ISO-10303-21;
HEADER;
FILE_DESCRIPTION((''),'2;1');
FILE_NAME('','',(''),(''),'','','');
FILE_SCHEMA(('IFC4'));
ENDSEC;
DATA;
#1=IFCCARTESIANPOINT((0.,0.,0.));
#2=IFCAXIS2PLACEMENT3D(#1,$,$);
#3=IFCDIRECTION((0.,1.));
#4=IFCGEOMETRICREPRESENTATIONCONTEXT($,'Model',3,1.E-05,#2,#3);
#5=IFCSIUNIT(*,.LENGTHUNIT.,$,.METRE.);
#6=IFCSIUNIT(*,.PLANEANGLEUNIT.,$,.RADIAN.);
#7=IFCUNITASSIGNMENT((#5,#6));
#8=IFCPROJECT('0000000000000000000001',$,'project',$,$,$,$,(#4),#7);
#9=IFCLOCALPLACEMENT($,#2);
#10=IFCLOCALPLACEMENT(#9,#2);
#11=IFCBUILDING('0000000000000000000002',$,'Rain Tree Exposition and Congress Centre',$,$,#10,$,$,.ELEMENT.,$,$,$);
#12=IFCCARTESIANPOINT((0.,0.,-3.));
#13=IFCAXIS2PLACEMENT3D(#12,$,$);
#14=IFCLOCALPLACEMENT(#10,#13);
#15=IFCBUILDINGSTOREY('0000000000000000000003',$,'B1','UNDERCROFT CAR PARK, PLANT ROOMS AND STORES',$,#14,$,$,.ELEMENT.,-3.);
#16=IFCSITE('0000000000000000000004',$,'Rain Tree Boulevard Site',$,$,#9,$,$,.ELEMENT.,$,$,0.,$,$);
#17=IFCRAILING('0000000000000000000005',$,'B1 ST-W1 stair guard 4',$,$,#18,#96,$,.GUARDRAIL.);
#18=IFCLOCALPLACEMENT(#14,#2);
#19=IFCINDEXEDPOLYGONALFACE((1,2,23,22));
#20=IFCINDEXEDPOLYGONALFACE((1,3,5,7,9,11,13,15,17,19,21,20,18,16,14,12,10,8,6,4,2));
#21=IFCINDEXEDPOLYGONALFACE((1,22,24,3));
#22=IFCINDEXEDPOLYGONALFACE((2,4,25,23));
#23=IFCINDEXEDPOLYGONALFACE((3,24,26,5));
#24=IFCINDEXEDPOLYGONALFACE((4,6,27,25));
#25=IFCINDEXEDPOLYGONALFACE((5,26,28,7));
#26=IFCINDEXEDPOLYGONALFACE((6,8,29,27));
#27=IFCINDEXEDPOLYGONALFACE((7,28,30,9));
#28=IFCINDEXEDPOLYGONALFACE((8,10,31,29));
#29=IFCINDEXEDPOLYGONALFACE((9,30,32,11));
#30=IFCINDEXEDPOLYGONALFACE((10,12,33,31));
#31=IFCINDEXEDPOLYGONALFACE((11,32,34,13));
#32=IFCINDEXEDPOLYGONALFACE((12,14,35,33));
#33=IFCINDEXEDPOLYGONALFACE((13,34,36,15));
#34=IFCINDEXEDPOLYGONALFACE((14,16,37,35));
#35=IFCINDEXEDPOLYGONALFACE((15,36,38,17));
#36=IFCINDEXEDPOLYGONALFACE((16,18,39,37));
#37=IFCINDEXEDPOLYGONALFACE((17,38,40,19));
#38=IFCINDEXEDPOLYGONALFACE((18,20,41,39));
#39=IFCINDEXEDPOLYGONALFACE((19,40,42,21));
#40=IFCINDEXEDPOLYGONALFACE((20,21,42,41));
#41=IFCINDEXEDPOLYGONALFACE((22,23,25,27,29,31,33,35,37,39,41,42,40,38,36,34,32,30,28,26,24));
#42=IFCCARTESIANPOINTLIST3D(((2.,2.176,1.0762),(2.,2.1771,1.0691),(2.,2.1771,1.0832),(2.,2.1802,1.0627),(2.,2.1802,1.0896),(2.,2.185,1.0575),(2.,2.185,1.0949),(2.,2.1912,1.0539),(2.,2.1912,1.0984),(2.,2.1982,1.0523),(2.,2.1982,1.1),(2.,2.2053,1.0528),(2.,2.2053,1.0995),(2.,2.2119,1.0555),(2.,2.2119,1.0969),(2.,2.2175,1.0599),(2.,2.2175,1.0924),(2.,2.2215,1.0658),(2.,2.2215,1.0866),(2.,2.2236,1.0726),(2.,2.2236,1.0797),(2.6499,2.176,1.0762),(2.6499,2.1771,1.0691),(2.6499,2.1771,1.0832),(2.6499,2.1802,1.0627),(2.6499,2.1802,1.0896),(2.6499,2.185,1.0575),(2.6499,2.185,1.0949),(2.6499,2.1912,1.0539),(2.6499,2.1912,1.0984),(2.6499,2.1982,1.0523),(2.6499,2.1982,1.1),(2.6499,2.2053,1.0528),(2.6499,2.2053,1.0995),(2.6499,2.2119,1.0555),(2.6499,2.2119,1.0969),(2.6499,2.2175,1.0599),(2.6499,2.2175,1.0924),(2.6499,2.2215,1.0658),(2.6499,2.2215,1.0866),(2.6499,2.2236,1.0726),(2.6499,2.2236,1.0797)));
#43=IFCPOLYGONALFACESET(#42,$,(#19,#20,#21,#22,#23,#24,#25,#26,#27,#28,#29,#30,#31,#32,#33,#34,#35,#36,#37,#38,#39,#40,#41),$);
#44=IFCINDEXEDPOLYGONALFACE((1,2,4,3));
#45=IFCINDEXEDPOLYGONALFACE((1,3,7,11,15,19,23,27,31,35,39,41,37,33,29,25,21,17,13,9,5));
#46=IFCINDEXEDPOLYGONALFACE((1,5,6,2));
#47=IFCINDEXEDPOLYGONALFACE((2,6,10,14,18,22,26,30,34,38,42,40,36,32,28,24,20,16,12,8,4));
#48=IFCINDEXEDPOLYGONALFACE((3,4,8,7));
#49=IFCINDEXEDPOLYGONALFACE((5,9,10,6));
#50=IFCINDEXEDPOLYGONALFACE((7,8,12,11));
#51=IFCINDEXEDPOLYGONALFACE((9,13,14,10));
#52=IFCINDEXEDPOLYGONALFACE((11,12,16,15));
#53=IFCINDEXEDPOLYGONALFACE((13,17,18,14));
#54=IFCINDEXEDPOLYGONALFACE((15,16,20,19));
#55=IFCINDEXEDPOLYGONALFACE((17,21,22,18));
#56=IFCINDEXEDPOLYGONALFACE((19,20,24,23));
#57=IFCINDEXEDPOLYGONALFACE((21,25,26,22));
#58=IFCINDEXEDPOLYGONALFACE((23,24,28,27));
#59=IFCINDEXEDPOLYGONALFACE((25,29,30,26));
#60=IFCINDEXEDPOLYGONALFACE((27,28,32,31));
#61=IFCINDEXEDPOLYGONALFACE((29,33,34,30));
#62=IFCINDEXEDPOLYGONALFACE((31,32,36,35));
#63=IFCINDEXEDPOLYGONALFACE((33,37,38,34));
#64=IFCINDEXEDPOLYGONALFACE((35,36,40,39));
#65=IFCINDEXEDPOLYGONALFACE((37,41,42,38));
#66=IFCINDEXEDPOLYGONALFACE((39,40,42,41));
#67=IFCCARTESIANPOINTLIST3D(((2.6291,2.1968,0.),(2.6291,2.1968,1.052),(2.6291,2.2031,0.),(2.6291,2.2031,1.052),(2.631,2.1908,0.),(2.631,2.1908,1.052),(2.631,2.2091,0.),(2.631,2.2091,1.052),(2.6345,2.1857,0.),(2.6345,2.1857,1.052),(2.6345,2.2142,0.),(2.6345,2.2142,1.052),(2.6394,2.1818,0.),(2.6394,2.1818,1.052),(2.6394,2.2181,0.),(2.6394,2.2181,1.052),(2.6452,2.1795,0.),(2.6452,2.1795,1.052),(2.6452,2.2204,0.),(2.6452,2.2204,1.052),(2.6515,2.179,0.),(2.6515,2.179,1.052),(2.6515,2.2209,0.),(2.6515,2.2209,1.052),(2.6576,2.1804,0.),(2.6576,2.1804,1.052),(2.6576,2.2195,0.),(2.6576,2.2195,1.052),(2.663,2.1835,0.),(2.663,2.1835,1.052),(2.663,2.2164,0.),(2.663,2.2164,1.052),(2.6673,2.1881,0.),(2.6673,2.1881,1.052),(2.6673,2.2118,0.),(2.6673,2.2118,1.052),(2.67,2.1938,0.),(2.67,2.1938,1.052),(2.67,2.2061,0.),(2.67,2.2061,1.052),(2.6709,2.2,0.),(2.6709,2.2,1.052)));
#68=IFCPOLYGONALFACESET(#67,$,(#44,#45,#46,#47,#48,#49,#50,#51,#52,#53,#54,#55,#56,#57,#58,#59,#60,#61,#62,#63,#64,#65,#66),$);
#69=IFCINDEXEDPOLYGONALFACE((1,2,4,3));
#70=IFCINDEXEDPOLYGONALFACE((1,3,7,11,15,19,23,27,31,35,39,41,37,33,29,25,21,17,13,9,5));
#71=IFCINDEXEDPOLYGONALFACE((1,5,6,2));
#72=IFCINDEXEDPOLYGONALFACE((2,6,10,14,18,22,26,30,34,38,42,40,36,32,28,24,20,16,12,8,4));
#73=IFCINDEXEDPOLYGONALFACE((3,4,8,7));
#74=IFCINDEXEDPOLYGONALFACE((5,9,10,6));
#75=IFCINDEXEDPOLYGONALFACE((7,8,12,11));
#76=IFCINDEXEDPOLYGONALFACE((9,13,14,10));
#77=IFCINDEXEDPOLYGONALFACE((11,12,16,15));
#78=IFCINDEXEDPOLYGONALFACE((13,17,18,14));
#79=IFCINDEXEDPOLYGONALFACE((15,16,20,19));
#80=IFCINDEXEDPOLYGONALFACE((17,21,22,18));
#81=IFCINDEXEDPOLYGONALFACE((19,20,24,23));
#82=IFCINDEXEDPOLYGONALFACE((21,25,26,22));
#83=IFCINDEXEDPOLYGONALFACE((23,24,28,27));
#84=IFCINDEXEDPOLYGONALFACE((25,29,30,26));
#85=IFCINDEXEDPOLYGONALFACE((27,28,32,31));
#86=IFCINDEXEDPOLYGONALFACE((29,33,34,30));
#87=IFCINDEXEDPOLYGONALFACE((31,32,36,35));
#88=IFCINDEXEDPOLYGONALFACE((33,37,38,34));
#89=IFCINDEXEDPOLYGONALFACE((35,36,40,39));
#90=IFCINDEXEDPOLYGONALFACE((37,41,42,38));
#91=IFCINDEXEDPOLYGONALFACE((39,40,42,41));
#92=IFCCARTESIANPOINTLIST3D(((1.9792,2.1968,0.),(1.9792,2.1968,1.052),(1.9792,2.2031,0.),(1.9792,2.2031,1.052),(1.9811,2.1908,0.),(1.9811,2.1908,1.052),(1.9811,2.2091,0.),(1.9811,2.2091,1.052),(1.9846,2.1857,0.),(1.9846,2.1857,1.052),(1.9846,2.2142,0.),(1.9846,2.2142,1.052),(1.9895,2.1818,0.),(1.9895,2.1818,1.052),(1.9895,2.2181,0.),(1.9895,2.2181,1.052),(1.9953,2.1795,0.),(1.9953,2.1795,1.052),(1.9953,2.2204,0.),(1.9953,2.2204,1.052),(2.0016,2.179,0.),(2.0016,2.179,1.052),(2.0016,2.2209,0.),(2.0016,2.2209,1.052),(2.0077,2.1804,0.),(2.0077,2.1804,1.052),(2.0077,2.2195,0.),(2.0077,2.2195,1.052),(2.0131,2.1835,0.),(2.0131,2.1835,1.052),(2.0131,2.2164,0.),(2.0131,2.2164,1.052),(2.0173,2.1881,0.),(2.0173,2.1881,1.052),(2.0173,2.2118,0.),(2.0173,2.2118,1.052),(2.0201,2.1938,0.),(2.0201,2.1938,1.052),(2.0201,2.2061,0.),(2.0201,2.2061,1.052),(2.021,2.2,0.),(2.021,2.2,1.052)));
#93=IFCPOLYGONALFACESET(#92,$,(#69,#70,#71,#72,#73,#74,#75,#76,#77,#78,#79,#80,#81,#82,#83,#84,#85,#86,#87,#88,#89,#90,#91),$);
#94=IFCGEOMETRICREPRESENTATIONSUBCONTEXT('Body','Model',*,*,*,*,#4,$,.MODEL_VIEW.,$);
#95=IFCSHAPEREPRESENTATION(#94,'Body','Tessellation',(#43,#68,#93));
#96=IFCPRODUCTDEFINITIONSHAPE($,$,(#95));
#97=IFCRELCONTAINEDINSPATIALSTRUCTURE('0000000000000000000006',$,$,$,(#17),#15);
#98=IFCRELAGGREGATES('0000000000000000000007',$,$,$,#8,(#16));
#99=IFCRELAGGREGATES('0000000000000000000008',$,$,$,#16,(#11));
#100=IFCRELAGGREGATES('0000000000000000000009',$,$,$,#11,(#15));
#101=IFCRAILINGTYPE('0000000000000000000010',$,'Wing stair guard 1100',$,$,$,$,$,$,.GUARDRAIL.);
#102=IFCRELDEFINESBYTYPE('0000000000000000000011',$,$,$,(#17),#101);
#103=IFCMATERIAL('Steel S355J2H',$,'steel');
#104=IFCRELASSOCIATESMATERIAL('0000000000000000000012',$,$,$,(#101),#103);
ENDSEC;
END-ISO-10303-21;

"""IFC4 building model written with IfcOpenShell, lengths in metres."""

from ifc_helpers import new_model, si_unit, direction, frame, origin, origin_2d, place, context, subcontext, project, spatial, circle, extrude, material, type_object, element, save


model = new_model("IFC4")

# Units and contexts
model_context = context("Model", 3, precision=1e-05, world=origin(), true_north=direction((0.0, 1.0)))
body_context = subcontext(model_context, "Body", "Model", "MODEL_VIEW")
ifc_project = project(units=[si_unit("LENGTHUNIT", "METRE"), si_unit("PLANEANGLEUNIT", "RADIAN")], contexts=[model_context])

# Site, building, storey
site_placement = place(None, origin())
site = spatial("IfcSite", under=ifc_project, at=site_placement, Name="Rain Tree Boulevard Site", CompositionType="ELEMENT", RefElevation=0.0)
building_placement = place(site_placement, origin())
building = spatial("IfcBuilding", under=site, at=building_placement, Name="Rain Tree Exposition and Congress Centre", CompositionType="ELEMENT")
storey_placement = place(building_placement, frame((0.0, 0.0, -3.0)))
storey = spatial("IfcBuildingStorey", under=building, at=storey_placement, Name="B1", Description="UNDERCROFT CAR PARK, PLANT ROOMS AND STORES", CompositionType="ELEMENT", Elevation=-3.0)

# Railing
ifc_material_1 = material(Name="Steel S355J2H", Category="steel")
railing_type_1 = type_object("IfcRailingType", Name="Wing stair guard 1100", PredefinedType="GUARDRAIL", material=ifc_material_1)
railing_1_placement = place(storey_placement, frame((2.6499, 2.2, 0.0)))
element("IfcRailing", 1, at=railing_1_placement, inside=storey, type_object=railing_type_1, Name="B1 ST-W1 stair guard 4", PredefinedType="GUARDRAIL", context=body_context, shape_type="SweptSolid", body=[
    extrude(circle(Radius=0.0239, at=origin_2d()), frame((0.0, 0.0, 1.0762), z_axis=(-1.0, 0.0, 0.0), x_axis=(0.0, -1.0, 0.0)), (0.0, 0.0, 1.0), 0.6499),
    extrude(circle(Radius=0.021, at=origin_2d()), origin(), (0.0, 0.0, 1.0), 1.052),
    extrude(circle(Radius=0.021, at=origin_2d()), frame((-0.6499, 0.0, 0.0)), (0.0, 0.0, 1.0), 1.052),
])

save(model, "model.ifc")
